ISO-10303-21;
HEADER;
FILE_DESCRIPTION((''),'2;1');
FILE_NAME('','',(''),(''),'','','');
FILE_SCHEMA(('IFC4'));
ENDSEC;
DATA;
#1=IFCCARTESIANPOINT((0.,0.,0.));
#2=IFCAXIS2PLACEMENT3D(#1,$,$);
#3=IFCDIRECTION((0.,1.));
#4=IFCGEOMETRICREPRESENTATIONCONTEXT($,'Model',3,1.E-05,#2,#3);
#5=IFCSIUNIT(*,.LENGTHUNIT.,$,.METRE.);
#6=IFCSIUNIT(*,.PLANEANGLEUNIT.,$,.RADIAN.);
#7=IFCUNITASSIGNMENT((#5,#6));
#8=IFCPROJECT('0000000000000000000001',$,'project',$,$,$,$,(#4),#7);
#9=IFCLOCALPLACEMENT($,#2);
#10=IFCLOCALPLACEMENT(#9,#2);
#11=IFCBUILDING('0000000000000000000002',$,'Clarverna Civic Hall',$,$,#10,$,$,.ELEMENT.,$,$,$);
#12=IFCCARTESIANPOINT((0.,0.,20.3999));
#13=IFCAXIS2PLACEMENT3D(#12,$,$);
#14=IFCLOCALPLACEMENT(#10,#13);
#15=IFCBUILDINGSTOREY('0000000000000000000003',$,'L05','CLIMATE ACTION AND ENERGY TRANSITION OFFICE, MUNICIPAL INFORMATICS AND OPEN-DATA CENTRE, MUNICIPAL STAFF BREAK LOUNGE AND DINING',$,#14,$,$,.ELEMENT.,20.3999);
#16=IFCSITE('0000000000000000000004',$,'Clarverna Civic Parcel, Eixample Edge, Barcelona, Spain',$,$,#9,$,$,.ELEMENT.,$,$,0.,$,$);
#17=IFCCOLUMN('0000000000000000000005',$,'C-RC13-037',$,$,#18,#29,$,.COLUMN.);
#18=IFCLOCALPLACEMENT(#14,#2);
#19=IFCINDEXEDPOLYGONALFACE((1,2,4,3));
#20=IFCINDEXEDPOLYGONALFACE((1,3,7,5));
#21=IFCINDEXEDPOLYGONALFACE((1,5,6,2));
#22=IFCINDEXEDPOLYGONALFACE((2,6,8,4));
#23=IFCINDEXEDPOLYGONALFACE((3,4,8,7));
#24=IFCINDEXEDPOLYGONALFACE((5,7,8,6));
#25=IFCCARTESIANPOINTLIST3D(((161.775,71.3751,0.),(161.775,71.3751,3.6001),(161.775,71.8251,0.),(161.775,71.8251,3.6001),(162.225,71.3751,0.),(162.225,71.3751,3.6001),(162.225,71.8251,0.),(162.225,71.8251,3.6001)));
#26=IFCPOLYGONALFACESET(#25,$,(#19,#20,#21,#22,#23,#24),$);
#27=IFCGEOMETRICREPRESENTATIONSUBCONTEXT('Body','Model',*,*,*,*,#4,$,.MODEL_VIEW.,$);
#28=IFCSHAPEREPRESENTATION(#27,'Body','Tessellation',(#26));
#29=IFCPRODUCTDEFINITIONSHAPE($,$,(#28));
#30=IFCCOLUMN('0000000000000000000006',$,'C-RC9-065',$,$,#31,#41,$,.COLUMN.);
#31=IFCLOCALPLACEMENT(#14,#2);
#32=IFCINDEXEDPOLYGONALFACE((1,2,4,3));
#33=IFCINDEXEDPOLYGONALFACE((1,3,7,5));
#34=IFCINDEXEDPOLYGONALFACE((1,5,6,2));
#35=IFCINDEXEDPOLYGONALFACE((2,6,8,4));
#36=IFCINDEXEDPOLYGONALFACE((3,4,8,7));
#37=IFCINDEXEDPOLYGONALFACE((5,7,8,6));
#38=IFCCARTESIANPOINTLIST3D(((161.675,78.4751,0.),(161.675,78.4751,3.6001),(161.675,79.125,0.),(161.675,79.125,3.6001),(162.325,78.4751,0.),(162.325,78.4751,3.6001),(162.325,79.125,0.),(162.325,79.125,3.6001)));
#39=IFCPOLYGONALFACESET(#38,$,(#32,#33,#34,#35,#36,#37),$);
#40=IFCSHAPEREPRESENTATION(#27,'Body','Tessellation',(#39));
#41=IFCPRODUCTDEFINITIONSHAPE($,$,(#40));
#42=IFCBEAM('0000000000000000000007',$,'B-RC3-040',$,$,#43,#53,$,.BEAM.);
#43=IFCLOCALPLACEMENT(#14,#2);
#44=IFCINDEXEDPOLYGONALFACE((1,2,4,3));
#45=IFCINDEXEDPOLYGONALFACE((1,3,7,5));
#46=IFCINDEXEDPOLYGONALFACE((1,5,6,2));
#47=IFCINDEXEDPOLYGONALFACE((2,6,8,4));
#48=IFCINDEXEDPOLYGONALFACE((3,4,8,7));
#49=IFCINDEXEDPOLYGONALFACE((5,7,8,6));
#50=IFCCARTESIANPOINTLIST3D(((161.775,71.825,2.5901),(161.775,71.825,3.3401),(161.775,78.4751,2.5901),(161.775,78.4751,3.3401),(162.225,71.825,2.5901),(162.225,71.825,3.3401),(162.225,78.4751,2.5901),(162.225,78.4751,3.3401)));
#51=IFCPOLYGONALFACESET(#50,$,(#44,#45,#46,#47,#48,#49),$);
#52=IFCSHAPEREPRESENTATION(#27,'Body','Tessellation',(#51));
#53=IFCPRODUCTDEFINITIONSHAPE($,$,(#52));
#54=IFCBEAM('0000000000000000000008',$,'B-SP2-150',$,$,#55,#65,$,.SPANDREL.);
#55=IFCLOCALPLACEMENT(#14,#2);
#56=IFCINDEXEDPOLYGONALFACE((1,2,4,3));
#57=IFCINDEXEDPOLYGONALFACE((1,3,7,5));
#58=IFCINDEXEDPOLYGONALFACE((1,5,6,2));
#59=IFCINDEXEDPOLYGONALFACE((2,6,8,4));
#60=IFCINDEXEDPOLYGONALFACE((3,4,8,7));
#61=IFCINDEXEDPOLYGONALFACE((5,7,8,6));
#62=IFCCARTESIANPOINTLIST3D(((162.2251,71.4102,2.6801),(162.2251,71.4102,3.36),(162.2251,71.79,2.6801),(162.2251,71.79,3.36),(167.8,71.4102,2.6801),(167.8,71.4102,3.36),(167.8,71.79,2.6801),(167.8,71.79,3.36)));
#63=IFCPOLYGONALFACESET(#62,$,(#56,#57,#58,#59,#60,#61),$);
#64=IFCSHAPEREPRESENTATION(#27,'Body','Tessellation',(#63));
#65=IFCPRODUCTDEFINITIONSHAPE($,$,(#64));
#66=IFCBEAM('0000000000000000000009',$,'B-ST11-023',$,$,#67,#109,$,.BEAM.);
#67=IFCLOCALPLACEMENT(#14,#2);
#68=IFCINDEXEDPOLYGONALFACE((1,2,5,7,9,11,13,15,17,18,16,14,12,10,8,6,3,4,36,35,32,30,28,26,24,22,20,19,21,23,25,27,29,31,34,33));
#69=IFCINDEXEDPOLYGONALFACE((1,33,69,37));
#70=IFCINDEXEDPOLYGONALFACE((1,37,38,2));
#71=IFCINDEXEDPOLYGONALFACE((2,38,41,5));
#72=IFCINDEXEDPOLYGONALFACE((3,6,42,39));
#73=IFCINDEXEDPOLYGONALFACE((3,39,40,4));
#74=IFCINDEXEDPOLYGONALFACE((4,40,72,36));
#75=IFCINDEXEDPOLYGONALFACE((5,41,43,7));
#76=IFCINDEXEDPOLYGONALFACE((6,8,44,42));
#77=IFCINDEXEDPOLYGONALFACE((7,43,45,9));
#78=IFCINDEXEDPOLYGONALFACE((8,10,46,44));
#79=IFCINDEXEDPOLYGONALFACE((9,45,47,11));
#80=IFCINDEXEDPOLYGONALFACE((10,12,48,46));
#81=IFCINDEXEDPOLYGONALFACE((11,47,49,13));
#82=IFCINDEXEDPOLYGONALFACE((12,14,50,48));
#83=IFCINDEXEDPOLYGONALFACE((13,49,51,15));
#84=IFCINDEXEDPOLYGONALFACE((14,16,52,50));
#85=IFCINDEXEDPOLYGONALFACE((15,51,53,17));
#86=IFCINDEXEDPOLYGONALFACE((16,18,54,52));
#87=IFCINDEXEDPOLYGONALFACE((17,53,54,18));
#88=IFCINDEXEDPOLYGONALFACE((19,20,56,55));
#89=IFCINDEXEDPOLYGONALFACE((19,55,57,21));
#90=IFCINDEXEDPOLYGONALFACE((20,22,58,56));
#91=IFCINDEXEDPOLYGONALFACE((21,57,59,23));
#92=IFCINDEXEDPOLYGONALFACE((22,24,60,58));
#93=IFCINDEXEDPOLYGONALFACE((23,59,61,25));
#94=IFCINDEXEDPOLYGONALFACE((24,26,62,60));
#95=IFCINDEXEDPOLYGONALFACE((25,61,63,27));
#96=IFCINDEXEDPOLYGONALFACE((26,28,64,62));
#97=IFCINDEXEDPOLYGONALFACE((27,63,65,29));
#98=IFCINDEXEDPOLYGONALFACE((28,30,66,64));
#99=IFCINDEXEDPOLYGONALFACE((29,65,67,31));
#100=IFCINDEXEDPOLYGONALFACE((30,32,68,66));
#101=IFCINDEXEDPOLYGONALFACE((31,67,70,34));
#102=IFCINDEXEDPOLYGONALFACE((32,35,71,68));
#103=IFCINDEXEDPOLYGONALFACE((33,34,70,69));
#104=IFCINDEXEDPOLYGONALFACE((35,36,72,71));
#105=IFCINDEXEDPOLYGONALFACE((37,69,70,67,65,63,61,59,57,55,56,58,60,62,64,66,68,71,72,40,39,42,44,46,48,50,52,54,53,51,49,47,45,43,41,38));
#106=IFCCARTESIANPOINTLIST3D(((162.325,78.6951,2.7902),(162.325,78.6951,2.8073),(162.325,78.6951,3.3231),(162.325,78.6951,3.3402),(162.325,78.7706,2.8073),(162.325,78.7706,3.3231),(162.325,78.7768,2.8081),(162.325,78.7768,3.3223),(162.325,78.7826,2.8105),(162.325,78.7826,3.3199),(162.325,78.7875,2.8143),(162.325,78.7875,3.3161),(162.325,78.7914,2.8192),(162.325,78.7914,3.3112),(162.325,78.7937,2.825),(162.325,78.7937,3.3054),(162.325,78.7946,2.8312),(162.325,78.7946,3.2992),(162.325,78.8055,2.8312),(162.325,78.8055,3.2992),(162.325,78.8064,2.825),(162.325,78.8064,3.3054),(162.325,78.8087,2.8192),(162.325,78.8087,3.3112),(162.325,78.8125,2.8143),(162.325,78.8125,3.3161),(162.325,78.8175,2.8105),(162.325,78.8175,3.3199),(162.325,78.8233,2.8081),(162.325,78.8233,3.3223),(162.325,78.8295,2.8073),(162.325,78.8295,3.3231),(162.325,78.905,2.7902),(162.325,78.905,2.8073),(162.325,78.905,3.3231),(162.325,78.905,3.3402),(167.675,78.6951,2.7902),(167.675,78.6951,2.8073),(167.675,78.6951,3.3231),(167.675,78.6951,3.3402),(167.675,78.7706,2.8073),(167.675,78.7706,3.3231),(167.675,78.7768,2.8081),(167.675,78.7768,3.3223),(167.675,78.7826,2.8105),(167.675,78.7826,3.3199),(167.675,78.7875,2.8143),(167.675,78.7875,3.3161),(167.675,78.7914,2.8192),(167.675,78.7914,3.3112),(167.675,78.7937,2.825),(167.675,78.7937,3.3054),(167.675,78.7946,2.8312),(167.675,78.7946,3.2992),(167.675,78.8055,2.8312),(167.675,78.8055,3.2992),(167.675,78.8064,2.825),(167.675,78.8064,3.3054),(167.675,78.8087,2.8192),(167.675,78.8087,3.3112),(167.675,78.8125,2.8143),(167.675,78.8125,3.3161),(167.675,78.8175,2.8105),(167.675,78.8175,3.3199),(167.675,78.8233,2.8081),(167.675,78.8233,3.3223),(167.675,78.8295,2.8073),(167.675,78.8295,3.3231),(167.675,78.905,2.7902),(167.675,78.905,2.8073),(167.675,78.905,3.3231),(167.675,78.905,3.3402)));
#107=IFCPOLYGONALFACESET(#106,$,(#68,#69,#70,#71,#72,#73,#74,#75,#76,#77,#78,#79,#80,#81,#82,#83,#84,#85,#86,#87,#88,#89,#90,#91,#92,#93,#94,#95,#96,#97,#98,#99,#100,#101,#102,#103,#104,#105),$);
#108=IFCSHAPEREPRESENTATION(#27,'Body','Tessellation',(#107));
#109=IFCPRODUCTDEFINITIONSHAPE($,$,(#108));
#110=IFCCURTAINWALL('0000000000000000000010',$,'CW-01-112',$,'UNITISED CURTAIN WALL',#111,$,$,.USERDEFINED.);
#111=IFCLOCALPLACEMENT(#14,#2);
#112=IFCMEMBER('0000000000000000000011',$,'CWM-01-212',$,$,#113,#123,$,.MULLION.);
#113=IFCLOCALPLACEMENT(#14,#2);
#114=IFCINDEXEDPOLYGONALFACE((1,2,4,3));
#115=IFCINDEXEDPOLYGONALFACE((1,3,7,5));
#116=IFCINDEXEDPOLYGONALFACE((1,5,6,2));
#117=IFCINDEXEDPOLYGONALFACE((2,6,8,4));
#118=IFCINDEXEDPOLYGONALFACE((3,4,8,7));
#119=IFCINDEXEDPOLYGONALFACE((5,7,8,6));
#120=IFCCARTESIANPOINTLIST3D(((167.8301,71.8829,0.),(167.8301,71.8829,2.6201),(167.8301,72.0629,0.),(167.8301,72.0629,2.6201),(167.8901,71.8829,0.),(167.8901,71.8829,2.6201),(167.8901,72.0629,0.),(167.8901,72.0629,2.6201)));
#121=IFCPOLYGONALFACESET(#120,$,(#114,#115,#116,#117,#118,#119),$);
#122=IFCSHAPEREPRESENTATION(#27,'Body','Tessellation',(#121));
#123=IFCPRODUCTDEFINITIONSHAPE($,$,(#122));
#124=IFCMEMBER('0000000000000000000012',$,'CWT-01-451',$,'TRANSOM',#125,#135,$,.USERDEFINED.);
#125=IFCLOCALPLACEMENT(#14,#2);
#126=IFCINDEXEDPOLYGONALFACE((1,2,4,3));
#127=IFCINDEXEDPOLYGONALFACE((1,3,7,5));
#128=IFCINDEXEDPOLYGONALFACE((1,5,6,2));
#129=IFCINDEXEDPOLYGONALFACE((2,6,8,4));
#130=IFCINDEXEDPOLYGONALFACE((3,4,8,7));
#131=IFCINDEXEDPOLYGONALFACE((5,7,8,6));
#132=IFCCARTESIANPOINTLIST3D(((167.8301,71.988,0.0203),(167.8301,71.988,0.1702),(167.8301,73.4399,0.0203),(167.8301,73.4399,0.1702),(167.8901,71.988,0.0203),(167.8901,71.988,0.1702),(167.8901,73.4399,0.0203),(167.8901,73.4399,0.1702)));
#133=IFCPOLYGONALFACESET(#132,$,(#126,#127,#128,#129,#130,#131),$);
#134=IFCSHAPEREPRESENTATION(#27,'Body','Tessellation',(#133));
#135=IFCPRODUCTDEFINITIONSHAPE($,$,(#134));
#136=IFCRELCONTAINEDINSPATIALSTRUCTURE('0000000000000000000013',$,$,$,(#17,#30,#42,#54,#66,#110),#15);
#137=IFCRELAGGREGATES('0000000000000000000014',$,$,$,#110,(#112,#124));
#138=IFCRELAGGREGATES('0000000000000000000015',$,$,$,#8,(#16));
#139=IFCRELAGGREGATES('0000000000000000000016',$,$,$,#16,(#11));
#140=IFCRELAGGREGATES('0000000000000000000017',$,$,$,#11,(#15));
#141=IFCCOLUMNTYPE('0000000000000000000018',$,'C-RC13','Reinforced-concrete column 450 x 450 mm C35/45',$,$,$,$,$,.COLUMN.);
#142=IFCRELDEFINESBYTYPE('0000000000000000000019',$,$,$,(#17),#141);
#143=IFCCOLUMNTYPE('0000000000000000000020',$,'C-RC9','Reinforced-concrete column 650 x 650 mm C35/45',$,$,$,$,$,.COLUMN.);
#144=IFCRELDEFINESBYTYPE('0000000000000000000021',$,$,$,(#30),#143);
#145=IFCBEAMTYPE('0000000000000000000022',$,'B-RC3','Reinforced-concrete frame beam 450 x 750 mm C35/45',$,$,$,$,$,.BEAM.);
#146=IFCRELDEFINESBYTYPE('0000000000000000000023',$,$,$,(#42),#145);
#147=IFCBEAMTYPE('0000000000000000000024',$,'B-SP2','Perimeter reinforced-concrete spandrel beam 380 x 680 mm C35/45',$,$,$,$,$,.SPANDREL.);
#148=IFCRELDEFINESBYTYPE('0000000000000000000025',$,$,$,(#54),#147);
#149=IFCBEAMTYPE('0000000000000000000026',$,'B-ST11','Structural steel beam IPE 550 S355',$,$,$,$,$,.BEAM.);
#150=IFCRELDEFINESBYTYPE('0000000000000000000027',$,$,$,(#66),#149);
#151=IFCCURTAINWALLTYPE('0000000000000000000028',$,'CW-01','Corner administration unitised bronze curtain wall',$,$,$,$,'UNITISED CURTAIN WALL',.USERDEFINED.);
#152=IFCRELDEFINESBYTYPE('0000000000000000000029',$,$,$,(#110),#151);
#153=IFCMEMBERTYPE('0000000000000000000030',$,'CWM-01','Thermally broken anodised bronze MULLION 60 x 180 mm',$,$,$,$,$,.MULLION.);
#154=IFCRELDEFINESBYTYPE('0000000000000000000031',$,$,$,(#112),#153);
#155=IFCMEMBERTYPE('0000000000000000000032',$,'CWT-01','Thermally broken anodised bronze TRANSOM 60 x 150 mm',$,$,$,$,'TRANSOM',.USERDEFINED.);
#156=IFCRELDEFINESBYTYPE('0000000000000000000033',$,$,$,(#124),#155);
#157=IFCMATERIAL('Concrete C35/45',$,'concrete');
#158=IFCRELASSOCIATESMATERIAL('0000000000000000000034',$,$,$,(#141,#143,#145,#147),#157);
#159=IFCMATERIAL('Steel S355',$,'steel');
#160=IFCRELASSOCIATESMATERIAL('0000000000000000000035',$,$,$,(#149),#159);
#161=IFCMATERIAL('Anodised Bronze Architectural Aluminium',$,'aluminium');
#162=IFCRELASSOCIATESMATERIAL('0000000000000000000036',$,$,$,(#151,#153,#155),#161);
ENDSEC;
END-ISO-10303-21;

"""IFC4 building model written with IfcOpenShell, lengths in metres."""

from ifc_helpers import new_model, si_unit, direction, frame, origin, origin_2d, place, context, subcontext, project, spatial, rectangle, i_section, extrude, material, material_profile, profile_set, type_object, element, aggregate, save


model = new_model("IFC4")

# Units and contexts
model_context = context("Model", 3, precision=1e-05, world=origin(), true_north=direction((0.0, 1.0)))
body_context = subcontext(model_context, "Body", "Model", "MODEL_VIEW")
ifc_project = project(units=[si_unit("LENGTHUNIT", "METRE"), si_unit("PLANEANGLEUNIT", "RADIAN")], contexts=[model_context])

# Site, building, storey
site_placement = place(None, origin())
site = spatial("IfcSite", under=ifc_project, at=site_placement, Name="Clarverna Civic Parcel, Eixample Edge, Barcelona, Spain", CompositionType="ELEMENT", RefElevation=0.0)
building_placement = place(site_placement, origin())
building = spatial("IfcBuilding", under=site, at=building_placement, Name="Clarverna Civic Hall", CompositionType="ELEMENT")
storey_placement = place(building_placement, frame((0.0, 0.0, 20.3999)))
storey = spatial("IfcBuildingStorey", under=building, at=storey_placement, Name="L05", Description="CLIMATE ACTION AND ENERGY TRANSITION OFFICE, MUNICIPAL INFORMATICS AND OPEN-DATA CENTRE, MUNICIPAL STAFF BREAK LOUNGE AND DINING", CompositionType="ELEMENT", Elevation=20.3999)

# Columns
ifc_material_1 = material(Name="Concrete C35/45", Category="concrete")
ifc_material_profile_1 = material_profile(ifc_material_1, rectangle(XDim=0.45, YDim=0.45, at=origin_2d()), Name="RC 450x450")
ifc_profile_set_1 = profile_set([ifc_material_profile_1], Name="Concrete C35/45")
column_type_1 = type_object("IfcColumnType", Name="C-RC13", Description="Reinforced-concrete column 450 x 450 mm C35/45", PredefinedType="COLUMN", material=ifc_profile_set_1)
column_1_placement = place(storey_placement, frame((162.0, 71.6001, 0.0), z_axis=(0.0, 0.0, 1.0), x_axis=(1.0, 0.0, 0.0)))
element("IfcColumn", 1, at=column_1_placement, inside=storey, type_object=column_type_1, Name="C-RC13-037", PredefinedType="COLUMN", context=body_context, shape_type="SweptSolid", body=[
    extrude(rectangle(XDim=0.45, YDim=0.45, at=origin_2d()), origin(), (0.0, 0.0, 1.0), 3.6001),
])
ifc_material_profile_2 = material_profile(ifc_material_1, rectangle(XDim=0.6499, YDim=0.6499, at=origin_2d()), Name="RC 650x650")
ifc_profile_set_2 = profile_set([ifc_material_profile_2], Name="Concrete C35/45")
column_type_2 = type_object("IfcColumnType", Name="C-RC9", Description="Reinforced-concrete column 650 x 650 mm C35/45", PredefinedType="COLUMN", material=ifc_profile_set_2)
column_2_placement = place(storey_placement, frame((162.0, 78.8, 0.0), z_axis=(0.0, 0.0, 1.0), x_axis=(1.0, 0.0, 0.0)))
element("IfcColumn", 2, at=column_2_placement, inside=storey, type_object=column_type_2, Name="C-RC9-065", PredefinedType="COLUMN", context=body_context, shape_type="SweptSolid", body=[
    extrude(rectangle(XDim=0.6499, YDim=0.6499, at=origin_2d()), origin(), (0.0, 0.0, 1.0), 3.6001),
])

# Beams
ifc_material_profile_3 = material_profile(ifc_material_1, rectangle(XDim=0.45, YDim=0.75, at=origin_2d()), Name="RC 450x750")
ifc_profile_set_3 = profile_set([ifc_material_profile_3], Name="Concrete C35/45")
beam_type_1 = type_object("IfcBeamType", Name="B-RC3", Description="Reinforced-concrete frame beam 450 x 750 mm C35/45", PredefinedType="BEAM", material=ifc_profile_set_3)
beam_1_placement = place(storey_placement, frame((162.0, 71.825, 2.9651), z_axis=(0.0, 1.0, 0.0), x_axis=(-1.0, 0.0, 0.0)))
element("IfcBeam", 3, at=beam_1_placement, inside=storey, type_object=beam_type_1, Name="B-RC3-040", PredefinedType="BEAM", context=body_context, shape_type="SweptSolid", body=[
    extrude(rectangle(XDim=0.45, YDim=0.75, at=origin_2d()), origin(), (0.0, 0.0, 1.0), 6.6501),
])
ifc_material_profile_4 = material_profile(ifc_material_1, rectangle(XDim=0.3799, YDim=0.6799, at=origin_2d()), Name="RC 380x680")
ifc_profile_set_4 = profile_set([ifc_material_profile_4], Name="Concrete C35/45")
beam_type_2 = type_object("IfcBeamType", Name="B-SP2", Description="Perimeter reinforced-concrete spandrel beam 380 x 680 mm C35/45", PredefinedType="SPANDREL", material=ifc_profile_set_4)
beam_2_placement = place(storey_placement, frame((162.2251, 71.6001, 3.02), z_axis=(1.0, 0.0, 0.0), x_axis=(0.0, 1.0, 0.0)))
element("IfcBeam", 4, at=beam_2_placement, inside=storey, type_object=beam_type_2, Name="B-SP2-150", PredefinedType="SPANDREL", context=body_context, shape_type="SweptSolid", body=[
    extrude(rectangle(XDim=0.3799, YDim=0.6799, at=origin_2d()), origin(), (0.0, 0.0, 1.0), 5.575),
])
ifc_material_2 = material(Name="Steel S355", Category="steel")
ifc_material_profile_5 = material_profile(ifc_material_2, i_section(OverallWidth=0.21, OverallDepth=0.55, WebThickness=0.011, FlangeThickness=0.0171, FilletRadius=0.0239, at=origin_2d()), Name="IPE 550")
ifc_profile_set_5 = profile_set([ifc_material_profile_5], Name="Steel S355")
beam_type_3 = type_object("IfcBeamType", Name="B-ST11", Description="Structural steel beam IPE 550 S355", PredefinedType="BEAM", material=ifc_profile_set_5)
beam_3_placement = place(storey_placement, frame((162.325, 78.8, 3.0652), z_axis=(1.0, 0.0, 0.0), x_axis=(0.0, 1.0, 0.0)))
element("IfcBeam", 5, at=beam_3_placement, inside=storey, type_object=beam_type_3, Name="B-ST11-023", PredefinedType="BEAM", context=body_context, shape_type="SweptSolid", body=[
    extrude(i_section(OverallWidth=0.21, OverallDepth=0.55, WebThickness=0.011, FlangeThickness=0.0171, FilletRadius=0.0239, at=origin_2d()), origin(), (0.0, 0.0, 1.0), 5.3501),
])

# Curtain wall, members
ifc_material_3 = material(Name="Anodised Bronze Architectural Aluminium", Category="aluminium")
curtain_wall_type = type_object("IfcCurtainWallType", Name="CW-01", Description="Corner administration unitised bronze curtain wall", ElementType="UNITISED CURTAIN WALL", PredefinedType="USERDEFINED", material=ifc_material_3)
curtain_wall_placement = place(storey_placement, origin())
curtain_wall = element("IfcCurtainWall", 6, at=curtain_wall_placement, inside=storey, type_object=curtain_wall_type, Name="CW-01-112", ObjectType="UNITISED CURTAIN WALL", PredefinedType="USERDEFINED")
ifc_material_profile_6 = material_profile(ifc_material_3, rectangle(XDim=0.0601, YDim=0.1799, at=origin_2d()), Name="BRONZE 60x180")
ifc_profile_set_6 = profile_set([ifc_material_profile_6], Name="Anodised Bronze Architectural Aluminium")
member_type_1 = type_object("IfcMemberType", Name="CWM-01", Description="Thermally broken anodised bronze MULLION 60 x 180 mm", PredefinedType="MULLION", material=ifc_profile_set_6)
member_1_placement = place(storey_placement, frame((167.8601, 71.9729, 0.0), z_axis=(0.0, 0.0, 1.0), x_axis=(1.0, 0.0, 0.0)))
member_1 = element("IfcMember", 7, at=member_1_placement, type_object=member_type_1, Name="CWM-01-212", PredefinedType="MULLION", context=body_context, shape_type="SweptSolid", body=[
    extrude(rectangle(XDim=0.0601, YDim=0.1799, at=origin_2d()), origin(), (0.0, 0.0, 1.0), 2.6201),
])
ifc_material_profile_7 = material_profile(ifc_material_3, rectangle(XDim=0.0601, YDim=0.1499, at=origin_2d()), Name="BRONZE 60x150")
ifc_profile_set_7 = profile_set([ifc_material_profile_7], Name="Anodised Bronze Architectural Aluminium")
member_type_2 = type_object("IfcMemberType", Name="CWT-01", Description="Thermally broken anodised bronze TRANSOM 60 x 150 mm", ElementType="TRANSOM", PredefinedType="USERDEFINED", material=ifc_profile_set_7)
member_2_placement = place(storey_placement, frame((167.8601, 73.4399, 0.0952), z_axis=(0.0, -1.0, 0.0), x_axis=(1.0, 0.0, 0.0)))
member_2 = element("IfcMember", 8, at=member_2_placement, type_object=member_type_2, Name="CWT-01-451", ObjectType="TRANSOM", PredefinedType="USERDEFINED", context=body_context, shape_type="SweptSolid", body=[
    extrude(rectangle(XDim=0.0601, YDim=0.1499, at=origin_2d()), origin(), (0.0, 0.0, 1.0), 1.4519),
])
aggregate(curtain_wall, [member_1, member_2])

save(model, "model.ifc")
